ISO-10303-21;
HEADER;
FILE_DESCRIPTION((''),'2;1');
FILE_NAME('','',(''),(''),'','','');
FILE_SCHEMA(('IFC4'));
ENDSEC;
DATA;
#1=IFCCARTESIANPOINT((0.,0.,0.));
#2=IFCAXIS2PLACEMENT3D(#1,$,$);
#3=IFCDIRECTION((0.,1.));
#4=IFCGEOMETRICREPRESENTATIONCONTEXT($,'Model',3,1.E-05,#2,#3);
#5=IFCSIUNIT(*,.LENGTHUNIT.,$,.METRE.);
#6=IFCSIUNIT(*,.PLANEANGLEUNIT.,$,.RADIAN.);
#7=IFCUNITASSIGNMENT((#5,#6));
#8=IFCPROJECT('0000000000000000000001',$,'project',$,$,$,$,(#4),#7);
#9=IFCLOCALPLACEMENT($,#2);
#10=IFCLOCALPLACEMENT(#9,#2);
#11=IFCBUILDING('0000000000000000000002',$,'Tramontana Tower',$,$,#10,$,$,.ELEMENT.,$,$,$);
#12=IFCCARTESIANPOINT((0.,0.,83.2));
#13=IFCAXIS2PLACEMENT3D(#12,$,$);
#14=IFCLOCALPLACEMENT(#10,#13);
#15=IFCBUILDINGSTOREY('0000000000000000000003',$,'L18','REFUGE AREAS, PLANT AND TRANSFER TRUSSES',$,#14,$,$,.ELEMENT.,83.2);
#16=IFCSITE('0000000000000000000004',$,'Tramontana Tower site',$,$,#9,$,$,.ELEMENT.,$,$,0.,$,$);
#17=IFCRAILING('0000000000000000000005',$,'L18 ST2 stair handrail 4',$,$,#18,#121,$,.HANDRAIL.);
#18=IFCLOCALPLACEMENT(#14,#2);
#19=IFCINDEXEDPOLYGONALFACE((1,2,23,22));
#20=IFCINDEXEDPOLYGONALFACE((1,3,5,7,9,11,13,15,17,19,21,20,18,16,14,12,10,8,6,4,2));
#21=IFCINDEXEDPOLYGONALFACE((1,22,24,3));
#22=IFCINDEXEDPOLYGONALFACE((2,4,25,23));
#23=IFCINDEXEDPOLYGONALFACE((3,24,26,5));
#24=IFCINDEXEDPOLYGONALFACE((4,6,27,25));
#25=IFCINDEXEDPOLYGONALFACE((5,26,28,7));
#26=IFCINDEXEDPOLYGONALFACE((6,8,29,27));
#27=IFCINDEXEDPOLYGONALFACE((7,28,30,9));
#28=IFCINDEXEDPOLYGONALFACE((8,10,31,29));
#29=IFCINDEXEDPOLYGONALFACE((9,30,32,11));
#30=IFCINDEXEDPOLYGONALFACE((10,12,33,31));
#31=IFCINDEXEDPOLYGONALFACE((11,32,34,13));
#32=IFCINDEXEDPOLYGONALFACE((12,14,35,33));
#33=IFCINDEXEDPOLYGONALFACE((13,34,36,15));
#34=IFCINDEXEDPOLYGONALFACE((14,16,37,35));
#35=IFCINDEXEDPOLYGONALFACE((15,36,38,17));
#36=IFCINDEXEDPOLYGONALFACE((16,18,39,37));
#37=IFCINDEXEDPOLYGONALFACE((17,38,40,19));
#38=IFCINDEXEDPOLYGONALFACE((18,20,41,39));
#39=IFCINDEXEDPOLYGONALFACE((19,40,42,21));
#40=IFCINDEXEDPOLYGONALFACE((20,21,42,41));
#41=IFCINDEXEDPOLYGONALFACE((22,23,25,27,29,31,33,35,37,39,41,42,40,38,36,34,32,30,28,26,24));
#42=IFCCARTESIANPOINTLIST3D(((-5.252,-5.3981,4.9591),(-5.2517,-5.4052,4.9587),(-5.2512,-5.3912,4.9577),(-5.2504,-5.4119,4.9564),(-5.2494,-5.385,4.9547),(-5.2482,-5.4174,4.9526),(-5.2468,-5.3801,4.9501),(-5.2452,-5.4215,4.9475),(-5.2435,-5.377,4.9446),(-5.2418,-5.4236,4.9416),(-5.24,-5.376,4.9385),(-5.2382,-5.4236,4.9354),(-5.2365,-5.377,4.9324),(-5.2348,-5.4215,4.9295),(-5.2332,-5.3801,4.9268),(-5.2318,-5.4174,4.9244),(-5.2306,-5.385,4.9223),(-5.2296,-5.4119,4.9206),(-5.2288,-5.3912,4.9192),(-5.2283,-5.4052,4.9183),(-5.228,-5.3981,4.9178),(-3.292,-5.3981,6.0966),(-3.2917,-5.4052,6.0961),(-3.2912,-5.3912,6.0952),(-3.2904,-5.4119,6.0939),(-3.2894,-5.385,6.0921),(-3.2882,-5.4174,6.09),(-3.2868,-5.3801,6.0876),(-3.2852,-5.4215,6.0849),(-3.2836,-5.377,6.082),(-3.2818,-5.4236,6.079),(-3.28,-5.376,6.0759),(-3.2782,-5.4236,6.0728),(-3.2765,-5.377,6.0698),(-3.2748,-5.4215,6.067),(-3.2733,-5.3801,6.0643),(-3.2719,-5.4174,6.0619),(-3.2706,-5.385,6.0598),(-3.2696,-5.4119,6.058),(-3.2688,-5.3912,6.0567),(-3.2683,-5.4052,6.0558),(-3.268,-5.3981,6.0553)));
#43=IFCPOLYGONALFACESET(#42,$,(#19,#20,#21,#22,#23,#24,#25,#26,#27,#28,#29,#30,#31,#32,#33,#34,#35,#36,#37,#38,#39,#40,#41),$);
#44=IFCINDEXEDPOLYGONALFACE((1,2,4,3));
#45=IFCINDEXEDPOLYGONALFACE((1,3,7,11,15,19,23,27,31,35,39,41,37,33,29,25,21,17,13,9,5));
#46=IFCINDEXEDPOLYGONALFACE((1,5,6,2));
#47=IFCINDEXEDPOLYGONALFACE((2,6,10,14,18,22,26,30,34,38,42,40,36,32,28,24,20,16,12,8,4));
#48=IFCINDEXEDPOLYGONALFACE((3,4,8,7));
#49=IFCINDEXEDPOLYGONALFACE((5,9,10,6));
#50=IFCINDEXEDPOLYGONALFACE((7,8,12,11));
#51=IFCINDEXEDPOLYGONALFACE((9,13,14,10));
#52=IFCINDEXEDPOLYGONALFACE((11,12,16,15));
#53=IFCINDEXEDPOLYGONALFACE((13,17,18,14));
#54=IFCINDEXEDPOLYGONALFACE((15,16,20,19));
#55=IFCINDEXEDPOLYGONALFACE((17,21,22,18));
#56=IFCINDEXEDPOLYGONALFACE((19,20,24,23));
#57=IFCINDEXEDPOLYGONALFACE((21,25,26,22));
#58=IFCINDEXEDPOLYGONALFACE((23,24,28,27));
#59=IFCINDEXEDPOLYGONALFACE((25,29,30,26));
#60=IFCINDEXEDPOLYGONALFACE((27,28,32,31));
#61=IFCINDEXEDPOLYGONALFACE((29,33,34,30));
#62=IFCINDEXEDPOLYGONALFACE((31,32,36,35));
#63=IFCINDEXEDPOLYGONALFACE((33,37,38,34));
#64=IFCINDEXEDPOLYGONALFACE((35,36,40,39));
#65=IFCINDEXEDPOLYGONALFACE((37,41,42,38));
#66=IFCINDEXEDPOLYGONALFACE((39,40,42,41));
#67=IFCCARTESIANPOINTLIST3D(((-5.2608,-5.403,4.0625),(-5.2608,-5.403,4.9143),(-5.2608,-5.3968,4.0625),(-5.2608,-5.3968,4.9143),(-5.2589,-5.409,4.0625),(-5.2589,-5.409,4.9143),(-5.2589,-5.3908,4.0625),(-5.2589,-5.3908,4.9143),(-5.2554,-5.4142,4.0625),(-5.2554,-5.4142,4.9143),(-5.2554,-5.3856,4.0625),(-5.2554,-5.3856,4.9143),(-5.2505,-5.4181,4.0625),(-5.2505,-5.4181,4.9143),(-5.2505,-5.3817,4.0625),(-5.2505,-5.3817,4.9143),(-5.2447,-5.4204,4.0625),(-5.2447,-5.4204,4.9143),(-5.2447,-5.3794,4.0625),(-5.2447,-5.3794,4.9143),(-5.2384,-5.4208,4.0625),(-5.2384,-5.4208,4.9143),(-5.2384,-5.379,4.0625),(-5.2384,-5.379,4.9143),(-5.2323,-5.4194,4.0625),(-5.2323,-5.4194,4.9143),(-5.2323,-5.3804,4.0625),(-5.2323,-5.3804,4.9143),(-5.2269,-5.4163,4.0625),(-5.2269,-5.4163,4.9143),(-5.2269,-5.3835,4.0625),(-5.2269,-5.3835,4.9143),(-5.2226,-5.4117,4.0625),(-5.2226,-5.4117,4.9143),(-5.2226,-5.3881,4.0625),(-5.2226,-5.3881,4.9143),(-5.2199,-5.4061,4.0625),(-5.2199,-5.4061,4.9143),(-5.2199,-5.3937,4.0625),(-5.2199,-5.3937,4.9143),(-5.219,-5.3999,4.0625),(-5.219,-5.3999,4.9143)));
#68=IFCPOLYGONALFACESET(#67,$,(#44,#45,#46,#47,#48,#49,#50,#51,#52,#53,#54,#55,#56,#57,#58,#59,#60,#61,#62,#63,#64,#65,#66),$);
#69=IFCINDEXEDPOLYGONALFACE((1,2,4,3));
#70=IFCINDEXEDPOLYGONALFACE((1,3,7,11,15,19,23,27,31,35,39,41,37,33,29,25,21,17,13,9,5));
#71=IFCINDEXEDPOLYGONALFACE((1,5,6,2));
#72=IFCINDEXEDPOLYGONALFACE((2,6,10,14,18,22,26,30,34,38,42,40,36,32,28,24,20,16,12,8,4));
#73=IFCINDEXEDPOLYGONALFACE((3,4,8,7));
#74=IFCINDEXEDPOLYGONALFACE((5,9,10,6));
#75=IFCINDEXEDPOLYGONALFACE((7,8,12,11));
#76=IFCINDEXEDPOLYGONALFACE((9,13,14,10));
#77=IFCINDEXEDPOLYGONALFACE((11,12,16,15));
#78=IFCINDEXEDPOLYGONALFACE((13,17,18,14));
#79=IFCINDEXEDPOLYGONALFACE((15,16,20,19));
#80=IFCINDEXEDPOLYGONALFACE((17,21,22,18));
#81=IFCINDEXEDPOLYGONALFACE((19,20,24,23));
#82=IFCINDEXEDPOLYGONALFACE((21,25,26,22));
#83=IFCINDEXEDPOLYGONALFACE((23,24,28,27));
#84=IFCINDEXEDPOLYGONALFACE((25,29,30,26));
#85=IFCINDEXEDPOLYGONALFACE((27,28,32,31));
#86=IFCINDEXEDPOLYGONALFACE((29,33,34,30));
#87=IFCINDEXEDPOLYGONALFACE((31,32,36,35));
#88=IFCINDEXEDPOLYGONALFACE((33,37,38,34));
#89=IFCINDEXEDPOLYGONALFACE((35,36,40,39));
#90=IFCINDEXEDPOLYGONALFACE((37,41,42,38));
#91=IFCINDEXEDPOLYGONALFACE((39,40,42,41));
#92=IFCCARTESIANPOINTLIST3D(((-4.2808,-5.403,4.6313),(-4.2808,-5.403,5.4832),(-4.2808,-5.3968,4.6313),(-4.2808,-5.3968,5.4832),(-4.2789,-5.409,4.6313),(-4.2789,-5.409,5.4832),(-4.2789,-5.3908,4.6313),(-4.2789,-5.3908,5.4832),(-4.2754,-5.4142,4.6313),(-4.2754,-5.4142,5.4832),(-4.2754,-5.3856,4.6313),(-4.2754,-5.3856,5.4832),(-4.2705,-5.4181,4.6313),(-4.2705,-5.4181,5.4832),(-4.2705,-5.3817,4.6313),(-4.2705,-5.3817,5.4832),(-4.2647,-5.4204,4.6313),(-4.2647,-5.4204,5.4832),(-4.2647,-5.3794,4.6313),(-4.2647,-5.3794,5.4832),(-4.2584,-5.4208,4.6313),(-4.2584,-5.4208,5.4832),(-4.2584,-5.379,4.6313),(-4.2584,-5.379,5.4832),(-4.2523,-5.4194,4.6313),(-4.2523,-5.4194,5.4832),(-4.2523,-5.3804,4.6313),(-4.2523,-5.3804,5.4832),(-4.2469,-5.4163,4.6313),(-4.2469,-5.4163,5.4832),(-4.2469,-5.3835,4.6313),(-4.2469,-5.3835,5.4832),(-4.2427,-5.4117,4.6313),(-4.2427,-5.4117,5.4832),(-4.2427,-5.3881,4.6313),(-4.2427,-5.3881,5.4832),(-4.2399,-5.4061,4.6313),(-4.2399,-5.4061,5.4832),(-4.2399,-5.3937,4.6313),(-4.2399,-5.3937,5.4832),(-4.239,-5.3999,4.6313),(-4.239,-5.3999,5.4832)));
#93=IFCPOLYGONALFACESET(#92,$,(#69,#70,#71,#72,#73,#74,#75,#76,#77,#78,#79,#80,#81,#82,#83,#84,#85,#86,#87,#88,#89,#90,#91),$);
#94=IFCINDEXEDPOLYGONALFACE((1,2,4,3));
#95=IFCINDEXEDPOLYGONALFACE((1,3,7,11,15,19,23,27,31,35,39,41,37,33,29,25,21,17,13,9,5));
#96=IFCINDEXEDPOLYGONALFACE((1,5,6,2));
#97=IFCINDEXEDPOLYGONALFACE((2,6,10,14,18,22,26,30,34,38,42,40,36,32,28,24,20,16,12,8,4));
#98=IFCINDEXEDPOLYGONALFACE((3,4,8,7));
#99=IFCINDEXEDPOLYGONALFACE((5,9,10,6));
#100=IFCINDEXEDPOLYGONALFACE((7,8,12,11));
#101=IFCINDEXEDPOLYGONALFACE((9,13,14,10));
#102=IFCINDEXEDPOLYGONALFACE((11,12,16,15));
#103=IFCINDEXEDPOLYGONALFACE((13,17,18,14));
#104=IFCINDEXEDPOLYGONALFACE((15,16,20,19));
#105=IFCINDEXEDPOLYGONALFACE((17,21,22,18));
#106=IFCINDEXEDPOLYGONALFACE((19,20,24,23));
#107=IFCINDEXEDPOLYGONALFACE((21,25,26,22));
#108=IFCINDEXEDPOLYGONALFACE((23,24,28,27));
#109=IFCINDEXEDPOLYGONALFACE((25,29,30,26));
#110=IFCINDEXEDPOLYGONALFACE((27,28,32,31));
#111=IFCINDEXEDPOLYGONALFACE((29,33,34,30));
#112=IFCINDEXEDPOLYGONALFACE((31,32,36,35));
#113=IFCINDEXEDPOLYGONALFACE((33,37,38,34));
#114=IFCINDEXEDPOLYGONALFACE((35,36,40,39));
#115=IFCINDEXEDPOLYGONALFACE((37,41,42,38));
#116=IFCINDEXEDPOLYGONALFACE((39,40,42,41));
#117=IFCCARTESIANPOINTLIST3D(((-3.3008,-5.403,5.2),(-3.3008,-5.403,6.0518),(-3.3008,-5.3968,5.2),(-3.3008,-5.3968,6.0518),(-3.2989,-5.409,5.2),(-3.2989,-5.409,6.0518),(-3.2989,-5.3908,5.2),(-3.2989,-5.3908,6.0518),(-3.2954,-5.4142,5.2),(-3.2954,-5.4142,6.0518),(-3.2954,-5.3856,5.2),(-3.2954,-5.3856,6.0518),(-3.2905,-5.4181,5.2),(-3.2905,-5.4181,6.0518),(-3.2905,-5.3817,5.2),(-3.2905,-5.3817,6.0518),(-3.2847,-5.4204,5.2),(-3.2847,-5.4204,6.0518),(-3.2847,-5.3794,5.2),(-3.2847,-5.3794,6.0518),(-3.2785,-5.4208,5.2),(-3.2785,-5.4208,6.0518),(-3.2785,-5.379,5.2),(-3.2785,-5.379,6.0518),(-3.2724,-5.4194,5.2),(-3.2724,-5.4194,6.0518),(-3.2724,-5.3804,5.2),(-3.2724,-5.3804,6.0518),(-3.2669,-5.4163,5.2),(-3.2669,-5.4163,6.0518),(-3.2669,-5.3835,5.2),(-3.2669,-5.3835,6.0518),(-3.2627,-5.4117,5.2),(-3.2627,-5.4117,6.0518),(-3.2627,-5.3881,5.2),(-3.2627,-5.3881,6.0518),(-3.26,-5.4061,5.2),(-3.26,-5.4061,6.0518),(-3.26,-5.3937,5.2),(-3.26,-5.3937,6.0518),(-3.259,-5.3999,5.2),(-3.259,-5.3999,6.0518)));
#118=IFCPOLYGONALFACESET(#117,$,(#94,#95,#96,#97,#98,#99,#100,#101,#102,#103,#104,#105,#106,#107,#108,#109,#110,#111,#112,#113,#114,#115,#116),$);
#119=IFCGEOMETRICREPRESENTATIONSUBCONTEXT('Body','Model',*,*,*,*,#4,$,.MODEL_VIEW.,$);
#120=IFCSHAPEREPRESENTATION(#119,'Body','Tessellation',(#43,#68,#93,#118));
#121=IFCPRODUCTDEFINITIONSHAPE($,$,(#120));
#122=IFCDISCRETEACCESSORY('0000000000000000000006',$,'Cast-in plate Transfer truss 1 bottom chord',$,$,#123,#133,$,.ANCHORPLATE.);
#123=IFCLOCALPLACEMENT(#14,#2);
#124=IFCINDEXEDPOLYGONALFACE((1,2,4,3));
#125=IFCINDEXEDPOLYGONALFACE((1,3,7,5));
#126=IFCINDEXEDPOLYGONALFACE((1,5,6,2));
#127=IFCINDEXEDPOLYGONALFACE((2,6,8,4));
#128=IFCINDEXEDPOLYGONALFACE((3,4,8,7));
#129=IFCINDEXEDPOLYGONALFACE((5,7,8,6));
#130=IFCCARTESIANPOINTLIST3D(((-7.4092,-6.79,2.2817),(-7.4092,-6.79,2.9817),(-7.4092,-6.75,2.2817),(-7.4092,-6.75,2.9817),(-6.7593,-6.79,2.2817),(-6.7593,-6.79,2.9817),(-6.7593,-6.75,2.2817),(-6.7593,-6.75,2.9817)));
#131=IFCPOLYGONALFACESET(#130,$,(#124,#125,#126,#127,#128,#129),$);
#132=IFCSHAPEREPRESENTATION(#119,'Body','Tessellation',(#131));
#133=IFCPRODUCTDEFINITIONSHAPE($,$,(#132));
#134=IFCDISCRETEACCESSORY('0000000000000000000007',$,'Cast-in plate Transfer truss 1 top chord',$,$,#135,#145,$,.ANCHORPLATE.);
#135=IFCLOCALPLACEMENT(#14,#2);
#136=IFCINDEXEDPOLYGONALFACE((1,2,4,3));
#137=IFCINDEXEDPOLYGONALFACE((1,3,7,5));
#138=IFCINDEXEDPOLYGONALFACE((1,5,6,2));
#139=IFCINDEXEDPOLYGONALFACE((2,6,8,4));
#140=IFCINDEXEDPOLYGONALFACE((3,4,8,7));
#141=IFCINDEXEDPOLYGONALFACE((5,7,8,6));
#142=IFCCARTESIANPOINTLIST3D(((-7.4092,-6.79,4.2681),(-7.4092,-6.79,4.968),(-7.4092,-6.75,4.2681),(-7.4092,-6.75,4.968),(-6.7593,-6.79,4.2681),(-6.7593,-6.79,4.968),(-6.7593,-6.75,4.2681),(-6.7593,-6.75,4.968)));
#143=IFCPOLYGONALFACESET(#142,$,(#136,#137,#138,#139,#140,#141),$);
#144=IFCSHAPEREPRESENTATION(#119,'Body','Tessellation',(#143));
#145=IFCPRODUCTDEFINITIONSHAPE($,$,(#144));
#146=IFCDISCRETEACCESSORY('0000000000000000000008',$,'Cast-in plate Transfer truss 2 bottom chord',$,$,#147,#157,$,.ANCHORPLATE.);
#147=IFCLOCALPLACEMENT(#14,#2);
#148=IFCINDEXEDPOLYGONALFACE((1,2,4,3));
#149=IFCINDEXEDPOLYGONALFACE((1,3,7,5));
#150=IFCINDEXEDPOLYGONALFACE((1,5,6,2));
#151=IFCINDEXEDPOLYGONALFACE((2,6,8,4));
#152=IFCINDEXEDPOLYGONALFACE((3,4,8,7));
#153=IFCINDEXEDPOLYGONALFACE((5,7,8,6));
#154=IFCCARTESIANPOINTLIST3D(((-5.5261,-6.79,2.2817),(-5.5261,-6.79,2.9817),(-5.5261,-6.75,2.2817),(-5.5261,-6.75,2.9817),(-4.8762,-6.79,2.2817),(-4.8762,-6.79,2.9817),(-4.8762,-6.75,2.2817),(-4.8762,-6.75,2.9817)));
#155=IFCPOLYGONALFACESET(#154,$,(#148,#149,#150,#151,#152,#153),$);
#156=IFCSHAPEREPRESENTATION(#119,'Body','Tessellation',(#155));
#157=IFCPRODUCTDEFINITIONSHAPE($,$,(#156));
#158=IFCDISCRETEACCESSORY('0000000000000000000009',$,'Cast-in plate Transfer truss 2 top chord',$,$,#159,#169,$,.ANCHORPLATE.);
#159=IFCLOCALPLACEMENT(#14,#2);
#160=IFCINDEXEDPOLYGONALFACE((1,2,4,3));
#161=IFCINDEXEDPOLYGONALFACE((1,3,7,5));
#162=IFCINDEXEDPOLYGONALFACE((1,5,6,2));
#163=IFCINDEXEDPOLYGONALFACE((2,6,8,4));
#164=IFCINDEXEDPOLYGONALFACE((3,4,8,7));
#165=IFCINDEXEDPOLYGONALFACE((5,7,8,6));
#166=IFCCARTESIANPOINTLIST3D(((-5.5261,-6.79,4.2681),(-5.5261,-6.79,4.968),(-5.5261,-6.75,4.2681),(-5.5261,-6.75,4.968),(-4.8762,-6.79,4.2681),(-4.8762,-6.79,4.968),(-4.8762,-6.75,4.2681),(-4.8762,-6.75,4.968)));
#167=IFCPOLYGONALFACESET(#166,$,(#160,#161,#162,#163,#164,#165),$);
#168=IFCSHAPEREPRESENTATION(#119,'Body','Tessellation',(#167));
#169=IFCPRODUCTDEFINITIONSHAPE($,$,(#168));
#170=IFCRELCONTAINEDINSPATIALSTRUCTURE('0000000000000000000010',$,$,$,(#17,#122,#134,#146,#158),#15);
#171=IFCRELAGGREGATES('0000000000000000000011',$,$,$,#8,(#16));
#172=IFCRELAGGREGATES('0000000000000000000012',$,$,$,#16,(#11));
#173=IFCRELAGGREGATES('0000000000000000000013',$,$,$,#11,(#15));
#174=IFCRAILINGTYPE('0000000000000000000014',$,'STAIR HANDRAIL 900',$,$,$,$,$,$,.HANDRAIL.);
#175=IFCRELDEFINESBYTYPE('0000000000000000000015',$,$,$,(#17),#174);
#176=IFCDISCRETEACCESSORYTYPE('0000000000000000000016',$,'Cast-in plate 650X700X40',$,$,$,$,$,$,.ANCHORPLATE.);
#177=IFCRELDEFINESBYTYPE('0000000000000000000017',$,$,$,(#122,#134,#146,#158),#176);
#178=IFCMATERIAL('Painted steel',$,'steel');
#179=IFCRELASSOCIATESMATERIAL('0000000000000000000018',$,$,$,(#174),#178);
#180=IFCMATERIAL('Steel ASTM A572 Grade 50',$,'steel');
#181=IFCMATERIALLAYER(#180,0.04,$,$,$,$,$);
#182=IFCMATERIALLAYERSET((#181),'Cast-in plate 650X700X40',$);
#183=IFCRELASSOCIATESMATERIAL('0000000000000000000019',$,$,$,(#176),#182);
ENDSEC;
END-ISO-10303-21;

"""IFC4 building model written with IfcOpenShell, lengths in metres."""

from ifc_helpers import new_model, si_unit, direction, frame, origin, origin_2d, place, context, subcontext, project, spatial, rectangle, circle, extrude, material, layer, layer_set, type_object, element, save


model = new_model("IFC4")

# Units and contexts
model_context = context("Model", 3, precision=1e-05, world=origin(), true_north=direction((0.0, 1.0)))
body_context = subcontext(model_context, "Body", "Model", "MODEL_VIEW")
ifc_project = project(units=[si_unit("LENGTHUNIT", "METRE"), si_unit("PLANEANGLEUNIT", "RADIAN")], contexts=[model_context])

# Site, building, storey
site_placement = place(None, origin())
site = spatial("IfcSite", under=ifc_project, at=site_placement, Name="Tramontana Tower site", CompositionType="ELEMENT", RefElevation=0.0)
building_placement = place(site_placement, origin())
building = spatial("IfcBuilding", under=site, at=building_placement, Name="Tramontana Tower", CompositionType="ELEMENT")
storey_placement = place(building_placement, frame((0.0, 0.0, 83.2)))
storey = spatial("IfcBuildingStorey", under=building, at=storey_placement, Name="L18", Description="REFUGE AREAS, PLANT AND TRANSFER TRUSSES", CompositionType="ELEMENT", Elevation=83.2)

# Railing
ifc_material_1 = material(Name="Painted steel", Category="steel")
railing_type_1 = type_object("IfcRailingType", Name="STAIR HANDRAIL 900", PredefinedType="HANDRAIL", material=ifc_material_1)
for number, where, name in (
    (1, (-5.24, -5.3999, 4.0625), "L18 ST2 stair handrail 4"),
):
    element("IfcRailing", number, at=place(storey_placement, frame(where)), inside=storey, type_object=railing_type_1, Name=name, PredefinedType="HANDRAIL", context=body_context, shape_type="SweptSolid", body=[
        extrude(circle(Radius=0.0239, at=origin_2d()), frame((0.0, 0.0, 0.876), z_axis=(0.864902, 0.0, 0.501941), x_axis=(0.0, 1.0, 0.0)), (0.0, 0.0, 1.0), 2.2661),
        extrude(circle(Radius=0.021, at=origin_2d()), origin(), (0.0, 0.0, 1.0), 0.8518),
        extrude(circle(Radius=0.021, at=origin_2d()), frame((0.98, 0.0, 0.5688)), (0.0, 0.0, 1.0), 0.8518),
        extrude(circle(Radius=0.021, at=origin_2d()), frame((1.96, 0.0, 1.1375)), (0.0, 0.0, 1.0), 0.8518),
    ])

# Discrete accessories
ifc_material_2 = material(Name="Steel ASTM A572 Grade 50", Category="steel")
ifc_layer_1 = layer(ifc_material_2, 0.04)
ifc_layer_set_1 = layer_set([ifc_layer_1], Name="Cast-in plate 650X700X40")
discrete_accessory_type = type_object("IfcDiscreteAccessoryType", Name="Cast-in plate 650X700X40", PredefinedType="ANCHORPLATE", material=ifc_layer_set_1)
for number, where, z_axis, x_axis, name in (
    (2, (-7.0842, -6.77, 2.2817), (0.0, 0.0, 1.0), (1.0, 0.0, 0.0), "Cast-in plate Transfer truss 1 bottom chord"),
    (3, (-7.0842, -6.77, 4.2681), (0.0, 0.0, 1.0), (1.0, 0.0, 0.0), "Cast-in plate Transfer truss 1 top chord"),
    (4, (-5.2012, -6.77, 2.2817), (0.0, 0.0, 1.0), (1.0, 0.0, 0.0), "Cast-in plate Transfer truss 2 bottom chord"),
    (5, (-5.2012, -6.77, 4.2681), (0.0, 0.0, 1.0), (1.0, 0.0, 0.0), "Cast-in plate Transfer truss 2 top chord"),
):
    element("IfcDiscreteAccessory", number, at=place(storey_placement, frame(where, z_axis=z_axis, x_axis=x_axis)), inside=storey, type_object=discrete_accessory_type, Name=name, PredefinedType="ANCHORPLATE", context=body_context, shape_type="SweptSolid", body=[
        extrude(rectangle(XDim=0.6499, YDim=0.04, at=origin_2d()), origin(), (0.0, 0.0, 1.0), 0.7),
    ])

save(model, "model.ifc")
